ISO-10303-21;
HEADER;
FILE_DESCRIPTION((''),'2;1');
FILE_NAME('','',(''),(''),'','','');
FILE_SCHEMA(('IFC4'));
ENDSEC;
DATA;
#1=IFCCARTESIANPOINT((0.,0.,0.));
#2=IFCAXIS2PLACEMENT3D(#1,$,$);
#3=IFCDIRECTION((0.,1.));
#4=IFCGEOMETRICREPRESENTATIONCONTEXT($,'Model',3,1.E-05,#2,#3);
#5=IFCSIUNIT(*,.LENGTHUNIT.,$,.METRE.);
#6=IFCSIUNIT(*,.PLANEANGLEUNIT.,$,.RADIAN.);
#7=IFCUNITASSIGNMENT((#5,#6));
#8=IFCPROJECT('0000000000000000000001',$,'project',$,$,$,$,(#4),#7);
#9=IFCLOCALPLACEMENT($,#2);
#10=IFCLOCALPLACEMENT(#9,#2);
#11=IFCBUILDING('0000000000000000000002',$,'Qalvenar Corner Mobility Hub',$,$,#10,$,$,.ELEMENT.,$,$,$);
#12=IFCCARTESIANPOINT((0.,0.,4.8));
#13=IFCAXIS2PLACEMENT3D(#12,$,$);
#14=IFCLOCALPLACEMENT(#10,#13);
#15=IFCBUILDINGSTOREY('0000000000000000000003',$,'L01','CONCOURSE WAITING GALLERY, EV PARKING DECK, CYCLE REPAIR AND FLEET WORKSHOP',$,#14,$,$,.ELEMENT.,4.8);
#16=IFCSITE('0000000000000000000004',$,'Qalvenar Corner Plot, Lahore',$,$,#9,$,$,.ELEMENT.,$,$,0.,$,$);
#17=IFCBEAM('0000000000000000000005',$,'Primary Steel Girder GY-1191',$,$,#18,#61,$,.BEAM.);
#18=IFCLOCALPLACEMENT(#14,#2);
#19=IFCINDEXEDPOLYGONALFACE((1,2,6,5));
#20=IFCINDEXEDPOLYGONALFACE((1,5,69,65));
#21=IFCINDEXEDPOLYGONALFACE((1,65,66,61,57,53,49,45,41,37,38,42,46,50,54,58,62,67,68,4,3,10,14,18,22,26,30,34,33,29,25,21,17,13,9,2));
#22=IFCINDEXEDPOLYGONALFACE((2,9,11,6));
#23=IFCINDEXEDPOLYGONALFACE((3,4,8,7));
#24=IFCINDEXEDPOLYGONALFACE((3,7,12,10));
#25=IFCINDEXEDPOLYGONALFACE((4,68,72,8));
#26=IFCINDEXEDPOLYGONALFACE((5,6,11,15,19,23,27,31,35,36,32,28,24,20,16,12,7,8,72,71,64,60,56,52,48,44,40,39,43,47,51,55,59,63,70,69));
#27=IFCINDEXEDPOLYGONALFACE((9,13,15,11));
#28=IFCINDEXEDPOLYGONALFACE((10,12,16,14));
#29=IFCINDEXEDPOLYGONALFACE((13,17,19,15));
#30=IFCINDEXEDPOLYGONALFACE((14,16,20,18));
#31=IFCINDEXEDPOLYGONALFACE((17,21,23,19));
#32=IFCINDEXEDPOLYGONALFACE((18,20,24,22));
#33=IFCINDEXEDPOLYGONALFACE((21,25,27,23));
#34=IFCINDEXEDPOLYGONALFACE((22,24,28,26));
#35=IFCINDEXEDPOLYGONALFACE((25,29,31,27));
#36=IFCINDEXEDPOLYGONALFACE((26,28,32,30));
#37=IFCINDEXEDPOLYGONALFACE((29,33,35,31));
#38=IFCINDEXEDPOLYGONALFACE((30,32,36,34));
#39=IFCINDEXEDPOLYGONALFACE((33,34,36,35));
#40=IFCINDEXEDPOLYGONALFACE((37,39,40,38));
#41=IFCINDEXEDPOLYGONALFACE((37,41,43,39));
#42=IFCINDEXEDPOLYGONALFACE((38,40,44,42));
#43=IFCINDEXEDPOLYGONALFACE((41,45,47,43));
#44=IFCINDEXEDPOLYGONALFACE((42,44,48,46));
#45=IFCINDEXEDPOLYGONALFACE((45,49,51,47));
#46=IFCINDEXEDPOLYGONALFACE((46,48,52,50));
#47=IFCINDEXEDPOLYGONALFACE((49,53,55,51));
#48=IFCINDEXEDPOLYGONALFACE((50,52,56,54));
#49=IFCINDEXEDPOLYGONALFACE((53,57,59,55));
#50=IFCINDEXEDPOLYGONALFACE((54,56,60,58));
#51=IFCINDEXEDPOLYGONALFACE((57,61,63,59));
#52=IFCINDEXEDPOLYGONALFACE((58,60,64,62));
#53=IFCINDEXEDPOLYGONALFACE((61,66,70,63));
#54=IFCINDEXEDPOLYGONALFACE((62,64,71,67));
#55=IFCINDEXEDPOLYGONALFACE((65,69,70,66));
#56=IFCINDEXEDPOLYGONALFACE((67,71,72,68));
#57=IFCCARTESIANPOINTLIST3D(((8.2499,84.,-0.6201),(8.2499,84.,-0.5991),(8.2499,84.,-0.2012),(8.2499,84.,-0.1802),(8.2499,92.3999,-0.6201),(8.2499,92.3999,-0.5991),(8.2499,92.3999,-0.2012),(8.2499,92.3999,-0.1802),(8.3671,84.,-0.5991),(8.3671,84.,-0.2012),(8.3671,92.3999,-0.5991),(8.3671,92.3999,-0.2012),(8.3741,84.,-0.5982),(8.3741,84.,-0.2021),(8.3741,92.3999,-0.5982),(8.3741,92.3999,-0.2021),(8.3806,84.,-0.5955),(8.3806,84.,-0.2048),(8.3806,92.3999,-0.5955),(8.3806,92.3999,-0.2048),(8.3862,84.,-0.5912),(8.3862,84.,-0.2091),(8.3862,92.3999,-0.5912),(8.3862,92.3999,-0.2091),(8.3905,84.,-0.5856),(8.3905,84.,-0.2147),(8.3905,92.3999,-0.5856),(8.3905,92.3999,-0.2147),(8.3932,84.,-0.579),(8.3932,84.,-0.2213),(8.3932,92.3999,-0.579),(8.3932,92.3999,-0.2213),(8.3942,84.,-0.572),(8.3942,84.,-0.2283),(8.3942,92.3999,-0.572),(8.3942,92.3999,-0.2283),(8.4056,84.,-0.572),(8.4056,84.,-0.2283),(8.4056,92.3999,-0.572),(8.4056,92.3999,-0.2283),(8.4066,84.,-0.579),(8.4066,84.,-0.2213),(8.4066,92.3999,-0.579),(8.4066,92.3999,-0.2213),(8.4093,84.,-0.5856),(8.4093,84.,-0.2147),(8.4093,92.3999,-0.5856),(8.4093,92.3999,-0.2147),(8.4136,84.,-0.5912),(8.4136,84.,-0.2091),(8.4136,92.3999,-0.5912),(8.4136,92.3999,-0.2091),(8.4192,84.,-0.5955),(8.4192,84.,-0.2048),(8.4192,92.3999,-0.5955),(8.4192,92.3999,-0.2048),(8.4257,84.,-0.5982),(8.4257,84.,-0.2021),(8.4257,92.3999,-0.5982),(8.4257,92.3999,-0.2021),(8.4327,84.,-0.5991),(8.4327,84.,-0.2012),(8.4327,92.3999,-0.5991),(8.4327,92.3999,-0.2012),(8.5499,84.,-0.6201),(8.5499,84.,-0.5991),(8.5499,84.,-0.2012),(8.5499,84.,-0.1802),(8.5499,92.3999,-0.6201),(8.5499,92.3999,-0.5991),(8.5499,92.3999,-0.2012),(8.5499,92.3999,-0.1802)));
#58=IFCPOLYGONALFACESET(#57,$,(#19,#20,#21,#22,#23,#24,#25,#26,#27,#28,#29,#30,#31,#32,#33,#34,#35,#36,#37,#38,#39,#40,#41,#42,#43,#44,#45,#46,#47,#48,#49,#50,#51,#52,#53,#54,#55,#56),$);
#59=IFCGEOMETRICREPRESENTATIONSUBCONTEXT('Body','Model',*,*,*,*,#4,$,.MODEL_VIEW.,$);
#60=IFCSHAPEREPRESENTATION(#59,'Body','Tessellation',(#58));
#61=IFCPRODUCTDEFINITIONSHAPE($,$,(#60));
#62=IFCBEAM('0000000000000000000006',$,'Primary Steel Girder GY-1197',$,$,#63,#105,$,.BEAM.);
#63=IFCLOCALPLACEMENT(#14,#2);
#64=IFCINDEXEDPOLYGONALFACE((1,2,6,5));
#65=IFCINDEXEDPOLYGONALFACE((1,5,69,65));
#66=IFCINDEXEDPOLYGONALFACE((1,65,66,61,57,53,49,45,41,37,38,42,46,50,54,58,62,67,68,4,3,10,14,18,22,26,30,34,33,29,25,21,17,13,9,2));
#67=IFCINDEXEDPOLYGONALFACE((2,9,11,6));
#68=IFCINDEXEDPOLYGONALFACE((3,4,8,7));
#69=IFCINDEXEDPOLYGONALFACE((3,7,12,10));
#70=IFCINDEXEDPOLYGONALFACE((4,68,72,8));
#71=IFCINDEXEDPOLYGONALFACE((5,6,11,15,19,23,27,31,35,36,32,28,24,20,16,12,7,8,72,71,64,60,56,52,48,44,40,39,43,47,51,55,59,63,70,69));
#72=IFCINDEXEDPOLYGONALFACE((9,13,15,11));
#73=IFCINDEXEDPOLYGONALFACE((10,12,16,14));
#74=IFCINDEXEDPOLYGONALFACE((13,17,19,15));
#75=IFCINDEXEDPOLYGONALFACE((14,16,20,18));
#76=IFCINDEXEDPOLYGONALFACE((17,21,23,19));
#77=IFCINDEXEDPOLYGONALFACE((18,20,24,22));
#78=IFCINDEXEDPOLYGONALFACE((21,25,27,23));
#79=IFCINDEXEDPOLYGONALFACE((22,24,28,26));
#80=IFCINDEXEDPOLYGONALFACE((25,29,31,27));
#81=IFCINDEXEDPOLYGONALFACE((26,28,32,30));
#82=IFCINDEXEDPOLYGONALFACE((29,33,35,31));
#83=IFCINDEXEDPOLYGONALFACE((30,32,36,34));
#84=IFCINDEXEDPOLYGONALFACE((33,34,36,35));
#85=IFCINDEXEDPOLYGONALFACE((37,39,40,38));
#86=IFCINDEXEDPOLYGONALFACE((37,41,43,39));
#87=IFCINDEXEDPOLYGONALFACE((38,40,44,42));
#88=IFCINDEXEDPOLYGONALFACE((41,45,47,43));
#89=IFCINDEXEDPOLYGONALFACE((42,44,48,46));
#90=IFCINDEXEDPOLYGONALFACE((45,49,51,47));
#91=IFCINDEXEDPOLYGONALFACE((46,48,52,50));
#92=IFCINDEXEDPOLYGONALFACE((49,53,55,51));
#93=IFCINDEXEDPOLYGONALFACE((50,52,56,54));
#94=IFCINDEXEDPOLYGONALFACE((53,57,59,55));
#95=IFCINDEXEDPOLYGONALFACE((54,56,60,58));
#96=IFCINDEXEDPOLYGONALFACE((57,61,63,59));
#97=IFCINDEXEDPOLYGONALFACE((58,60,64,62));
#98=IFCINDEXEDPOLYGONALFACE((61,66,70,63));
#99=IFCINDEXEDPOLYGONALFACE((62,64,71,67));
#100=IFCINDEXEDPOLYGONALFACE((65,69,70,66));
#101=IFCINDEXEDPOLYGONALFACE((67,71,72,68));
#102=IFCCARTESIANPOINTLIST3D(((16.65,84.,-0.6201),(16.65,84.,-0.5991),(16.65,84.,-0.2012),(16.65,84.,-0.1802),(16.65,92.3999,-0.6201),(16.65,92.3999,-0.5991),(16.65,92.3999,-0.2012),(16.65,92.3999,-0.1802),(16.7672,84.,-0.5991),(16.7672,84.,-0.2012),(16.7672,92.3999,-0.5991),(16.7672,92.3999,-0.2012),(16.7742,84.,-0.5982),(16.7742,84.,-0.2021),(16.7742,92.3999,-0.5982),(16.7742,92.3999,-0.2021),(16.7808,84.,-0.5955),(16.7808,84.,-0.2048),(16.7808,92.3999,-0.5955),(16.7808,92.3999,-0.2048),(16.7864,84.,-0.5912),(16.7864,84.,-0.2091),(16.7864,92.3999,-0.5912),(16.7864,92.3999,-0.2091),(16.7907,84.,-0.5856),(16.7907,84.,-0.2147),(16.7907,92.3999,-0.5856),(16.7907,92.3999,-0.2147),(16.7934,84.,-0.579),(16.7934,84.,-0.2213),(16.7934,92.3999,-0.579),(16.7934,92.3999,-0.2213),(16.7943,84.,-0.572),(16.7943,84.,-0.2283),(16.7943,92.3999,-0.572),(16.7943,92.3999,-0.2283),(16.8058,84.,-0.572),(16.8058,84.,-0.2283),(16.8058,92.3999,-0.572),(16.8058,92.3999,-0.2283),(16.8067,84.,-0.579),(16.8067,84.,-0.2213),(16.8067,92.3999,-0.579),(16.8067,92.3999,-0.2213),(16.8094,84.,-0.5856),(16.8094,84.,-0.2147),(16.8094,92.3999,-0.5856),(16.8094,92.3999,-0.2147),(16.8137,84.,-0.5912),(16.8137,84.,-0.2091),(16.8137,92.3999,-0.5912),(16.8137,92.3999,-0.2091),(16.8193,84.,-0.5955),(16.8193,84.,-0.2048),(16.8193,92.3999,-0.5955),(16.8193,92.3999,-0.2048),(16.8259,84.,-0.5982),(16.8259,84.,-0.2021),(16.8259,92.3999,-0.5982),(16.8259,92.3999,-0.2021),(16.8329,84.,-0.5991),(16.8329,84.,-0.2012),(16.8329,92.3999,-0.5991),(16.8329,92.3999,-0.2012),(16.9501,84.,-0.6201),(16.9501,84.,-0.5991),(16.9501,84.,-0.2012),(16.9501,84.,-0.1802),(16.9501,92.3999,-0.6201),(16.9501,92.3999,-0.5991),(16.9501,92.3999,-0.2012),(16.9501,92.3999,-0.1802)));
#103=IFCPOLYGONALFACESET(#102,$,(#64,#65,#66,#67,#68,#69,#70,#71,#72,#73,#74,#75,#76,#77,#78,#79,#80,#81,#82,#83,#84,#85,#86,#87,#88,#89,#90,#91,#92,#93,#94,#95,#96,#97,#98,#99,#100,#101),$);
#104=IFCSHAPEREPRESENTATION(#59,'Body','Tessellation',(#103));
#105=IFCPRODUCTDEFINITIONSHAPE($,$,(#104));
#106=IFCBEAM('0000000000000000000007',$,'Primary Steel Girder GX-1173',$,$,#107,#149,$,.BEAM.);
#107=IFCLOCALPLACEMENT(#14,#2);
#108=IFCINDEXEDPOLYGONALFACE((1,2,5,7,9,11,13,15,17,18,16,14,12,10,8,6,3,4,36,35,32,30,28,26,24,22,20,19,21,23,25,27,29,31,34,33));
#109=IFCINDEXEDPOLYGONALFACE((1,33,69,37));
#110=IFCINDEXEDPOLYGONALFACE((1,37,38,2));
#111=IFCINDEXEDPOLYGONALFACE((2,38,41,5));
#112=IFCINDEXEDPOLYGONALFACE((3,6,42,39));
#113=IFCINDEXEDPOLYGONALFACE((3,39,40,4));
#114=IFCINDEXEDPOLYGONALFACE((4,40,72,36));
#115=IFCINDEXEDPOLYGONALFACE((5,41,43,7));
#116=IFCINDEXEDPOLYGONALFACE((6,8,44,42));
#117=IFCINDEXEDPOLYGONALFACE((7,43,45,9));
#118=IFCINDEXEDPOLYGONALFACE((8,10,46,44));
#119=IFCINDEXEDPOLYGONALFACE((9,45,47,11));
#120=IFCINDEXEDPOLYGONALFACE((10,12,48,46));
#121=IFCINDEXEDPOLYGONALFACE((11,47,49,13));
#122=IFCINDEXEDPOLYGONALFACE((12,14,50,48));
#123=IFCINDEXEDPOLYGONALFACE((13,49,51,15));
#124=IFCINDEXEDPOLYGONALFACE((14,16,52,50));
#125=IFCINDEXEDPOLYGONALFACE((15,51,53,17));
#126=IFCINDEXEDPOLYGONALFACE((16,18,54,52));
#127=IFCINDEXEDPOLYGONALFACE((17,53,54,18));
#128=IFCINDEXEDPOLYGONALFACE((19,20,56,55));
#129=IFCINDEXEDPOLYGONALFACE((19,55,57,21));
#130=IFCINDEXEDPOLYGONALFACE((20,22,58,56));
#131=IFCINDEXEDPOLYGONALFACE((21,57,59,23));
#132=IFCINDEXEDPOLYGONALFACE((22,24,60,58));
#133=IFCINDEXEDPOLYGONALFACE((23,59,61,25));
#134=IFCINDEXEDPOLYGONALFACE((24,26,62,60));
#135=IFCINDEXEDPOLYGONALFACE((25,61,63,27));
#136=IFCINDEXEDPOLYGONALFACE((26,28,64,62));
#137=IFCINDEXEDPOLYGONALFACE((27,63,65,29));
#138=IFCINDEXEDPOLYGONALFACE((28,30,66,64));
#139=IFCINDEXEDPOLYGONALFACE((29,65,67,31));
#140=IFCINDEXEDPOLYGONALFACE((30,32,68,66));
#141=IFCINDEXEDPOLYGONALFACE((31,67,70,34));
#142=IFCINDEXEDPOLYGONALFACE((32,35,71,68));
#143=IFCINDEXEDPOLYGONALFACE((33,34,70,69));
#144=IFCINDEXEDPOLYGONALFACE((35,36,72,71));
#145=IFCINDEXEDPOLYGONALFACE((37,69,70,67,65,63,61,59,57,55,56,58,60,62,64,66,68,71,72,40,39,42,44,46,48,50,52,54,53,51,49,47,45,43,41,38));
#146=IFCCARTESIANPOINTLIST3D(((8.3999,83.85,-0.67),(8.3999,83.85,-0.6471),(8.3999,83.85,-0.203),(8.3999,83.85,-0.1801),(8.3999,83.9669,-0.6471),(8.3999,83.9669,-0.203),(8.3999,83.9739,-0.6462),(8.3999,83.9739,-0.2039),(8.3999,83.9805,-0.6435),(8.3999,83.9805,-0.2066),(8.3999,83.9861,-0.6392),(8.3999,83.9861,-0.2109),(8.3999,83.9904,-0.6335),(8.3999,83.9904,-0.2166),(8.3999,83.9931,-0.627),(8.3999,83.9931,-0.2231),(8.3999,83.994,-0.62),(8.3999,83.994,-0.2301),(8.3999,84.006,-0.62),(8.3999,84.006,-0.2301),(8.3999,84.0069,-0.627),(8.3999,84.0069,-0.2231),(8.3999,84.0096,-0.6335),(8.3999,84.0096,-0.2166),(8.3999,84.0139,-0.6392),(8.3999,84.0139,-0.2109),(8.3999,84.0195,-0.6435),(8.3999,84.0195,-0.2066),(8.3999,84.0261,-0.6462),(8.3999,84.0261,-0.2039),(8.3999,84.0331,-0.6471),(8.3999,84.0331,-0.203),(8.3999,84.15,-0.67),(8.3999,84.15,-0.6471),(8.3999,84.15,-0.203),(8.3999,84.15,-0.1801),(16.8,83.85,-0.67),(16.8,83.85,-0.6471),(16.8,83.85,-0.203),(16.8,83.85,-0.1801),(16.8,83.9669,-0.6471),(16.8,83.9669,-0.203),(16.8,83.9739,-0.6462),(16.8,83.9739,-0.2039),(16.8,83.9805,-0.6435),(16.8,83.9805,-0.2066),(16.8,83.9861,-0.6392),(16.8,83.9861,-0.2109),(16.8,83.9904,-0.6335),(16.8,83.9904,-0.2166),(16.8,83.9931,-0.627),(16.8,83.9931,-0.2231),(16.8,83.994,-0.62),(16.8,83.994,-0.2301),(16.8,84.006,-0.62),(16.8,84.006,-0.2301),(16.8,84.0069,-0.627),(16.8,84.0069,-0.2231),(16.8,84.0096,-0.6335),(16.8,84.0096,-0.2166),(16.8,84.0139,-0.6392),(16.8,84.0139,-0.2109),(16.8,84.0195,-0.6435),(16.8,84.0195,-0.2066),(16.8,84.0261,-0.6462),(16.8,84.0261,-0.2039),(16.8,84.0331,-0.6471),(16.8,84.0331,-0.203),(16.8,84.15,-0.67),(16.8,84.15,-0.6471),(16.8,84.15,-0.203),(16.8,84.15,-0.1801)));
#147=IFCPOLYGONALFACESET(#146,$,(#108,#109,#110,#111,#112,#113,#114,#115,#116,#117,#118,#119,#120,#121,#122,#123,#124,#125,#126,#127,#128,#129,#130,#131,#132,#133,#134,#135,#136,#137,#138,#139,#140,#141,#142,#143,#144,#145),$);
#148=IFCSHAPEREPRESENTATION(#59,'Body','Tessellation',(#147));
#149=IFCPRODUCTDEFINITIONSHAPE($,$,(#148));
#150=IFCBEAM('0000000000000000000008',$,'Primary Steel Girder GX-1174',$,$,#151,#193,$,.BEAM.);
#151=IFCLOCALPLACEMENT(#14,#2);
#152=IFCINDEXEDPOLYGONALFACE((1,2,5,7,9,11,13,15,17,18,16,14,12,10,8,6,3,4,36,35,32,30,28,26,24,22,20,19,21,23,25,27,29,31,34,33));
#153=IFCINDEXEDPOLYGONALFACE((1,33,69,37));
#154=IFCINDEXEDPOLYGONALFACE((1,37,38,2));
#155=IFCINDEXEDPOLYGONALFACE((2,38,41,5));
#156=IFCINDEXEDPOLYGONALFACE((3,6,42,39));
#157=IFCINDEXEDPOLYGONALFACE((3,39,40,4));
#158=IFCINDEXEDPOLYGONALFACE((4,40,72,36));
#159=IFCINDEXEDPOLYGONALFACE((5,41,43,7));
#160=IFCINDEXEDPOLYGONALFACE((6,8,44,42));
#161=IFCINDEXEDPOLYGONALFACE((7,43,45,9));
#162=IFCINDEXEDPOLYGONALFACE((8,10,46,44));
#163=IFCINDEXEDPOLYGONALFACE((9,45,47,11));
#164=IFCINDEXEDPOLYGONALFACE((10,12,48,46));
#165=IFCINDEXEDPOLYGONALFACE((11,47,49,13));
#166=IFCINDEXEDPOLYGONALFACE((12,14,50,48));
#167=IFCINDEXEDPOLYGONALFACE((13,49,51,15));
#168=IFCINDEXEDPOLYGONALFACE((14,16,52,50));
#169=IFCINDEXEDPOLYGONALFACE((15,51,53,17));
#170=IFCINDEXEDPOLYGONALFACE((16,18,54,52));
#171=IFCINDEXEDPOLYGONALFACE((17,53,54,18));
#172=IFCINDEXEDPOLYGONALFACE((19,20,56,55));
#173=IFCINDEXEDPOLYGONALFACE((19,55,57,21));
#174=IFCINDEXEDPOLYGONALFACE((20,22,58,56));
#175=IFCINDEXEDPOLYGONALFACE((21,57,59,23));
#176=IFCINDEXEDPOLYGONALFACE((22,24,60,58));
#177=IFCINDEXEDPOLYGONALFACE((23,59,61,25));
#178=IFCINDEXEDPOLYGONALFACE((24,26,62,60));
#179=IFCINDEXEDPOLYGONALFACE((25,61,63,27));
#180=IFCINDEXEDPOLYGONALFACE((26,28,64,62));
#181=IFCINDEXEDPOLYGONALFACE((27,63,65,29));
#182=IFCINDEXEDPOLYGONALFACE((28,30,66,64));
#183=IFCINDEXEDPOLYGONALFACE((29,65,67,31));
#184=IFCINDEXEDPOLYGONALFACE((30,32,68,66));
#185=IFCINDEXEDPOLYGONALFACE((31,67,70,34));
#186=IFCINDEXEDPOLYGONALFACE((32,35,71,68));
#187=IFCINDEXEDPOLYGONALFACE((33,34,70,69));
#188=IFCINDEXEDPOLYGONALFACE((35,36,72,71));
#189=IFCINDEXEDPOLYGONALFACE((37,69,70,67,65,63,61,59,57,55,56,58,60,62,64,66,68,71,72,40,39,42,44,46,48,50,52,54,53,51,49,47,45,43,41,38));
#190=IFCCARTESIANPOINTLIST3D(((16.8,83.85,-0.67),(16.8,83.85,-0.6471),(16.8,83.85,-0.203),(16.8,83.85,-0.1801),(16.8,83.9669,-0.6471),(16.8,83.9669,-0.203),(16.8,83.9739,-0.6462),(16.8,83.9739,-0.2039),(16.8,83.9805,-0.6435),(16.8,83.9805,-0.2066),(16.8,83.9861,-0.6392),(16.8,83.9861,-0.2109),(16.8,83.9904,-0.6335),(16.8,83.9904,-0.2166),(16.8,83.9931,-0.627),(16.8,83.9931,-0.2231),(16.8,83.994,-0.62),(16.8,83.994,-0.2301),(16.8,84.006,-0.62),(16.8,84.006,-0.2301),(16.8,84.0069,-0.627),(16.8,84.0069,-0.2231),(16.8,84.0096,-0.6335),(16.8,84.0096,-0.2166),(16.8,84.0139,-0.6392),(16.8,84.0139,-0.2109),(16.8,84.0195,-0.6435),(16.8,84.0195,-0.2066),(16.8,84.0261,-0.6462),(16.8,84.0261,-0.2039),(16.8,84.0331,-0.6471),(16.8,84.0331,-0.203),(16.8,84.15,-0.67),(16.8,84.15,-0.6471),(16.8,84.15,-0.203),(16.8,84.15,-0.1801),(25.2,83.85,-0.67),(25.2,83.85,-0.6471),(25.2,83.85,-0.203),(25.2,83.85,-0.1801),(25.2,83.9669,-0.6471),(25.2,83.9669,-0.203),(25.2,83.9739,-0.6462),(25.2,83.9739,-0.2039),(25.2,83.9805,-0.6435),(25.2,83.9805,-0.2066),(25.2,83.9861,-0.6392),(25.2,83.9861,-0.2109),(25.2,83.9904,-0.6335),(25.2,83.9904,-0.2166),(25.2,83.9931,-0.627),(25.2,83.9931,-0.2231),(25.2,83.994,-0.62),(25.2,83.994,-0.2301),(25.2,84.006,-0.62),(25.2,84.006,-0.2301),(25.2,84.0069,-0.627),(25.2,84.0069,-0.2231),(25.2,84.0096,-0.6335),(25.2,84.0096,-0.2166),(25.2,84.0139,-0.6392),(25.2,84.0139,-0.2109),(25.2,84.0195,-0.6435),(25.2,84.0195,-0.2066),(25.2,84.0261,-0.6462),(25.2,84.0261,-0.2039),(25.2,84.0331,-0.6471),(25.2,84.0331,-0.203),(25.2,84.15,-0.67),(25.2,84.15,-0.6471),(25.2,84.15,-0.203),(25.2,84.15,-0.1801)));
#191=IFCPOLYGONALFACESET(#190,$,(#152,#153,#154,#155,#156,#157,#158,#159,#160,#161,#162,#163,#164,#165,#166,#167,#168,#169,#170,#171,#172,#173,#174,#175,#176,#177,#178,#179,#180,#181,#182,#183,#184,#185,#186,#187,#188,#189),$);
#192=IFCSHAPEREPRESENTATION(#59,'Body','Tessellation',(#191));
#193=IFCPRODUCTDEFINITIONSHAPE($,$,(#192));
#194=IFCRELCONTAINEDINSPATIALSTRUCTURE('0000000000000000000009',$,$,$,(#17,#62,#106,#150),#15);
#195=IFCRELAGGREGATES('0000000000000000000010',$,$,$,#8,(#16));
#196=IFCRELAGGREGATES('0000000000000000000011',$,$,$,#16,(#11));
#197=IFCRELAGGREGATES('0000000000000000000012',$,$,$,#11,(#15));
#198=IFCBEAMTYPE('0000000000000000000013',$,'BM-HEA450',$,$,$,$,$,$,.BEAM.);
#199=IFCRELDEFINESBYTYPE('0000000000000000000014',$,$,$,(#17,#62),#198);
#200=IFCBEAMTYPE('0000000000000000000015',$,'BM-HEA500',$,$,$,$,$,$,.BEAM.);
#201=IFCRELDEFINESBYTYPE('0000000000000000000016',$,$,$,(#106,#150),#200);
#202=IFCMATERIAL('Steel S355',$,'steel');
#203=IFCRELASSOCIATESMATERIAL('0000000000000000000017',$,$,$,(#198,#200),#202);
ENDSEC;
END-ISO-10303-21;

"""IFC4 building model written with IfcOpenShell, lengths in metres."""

from ifc_helpers import new_model, si_unit, direction, frame, origin, origin_2d, place, context, subcontext, project, spatial, i_section, extrude, material, material_profile, profile_set, type_object, element, save


model = new_model("IFC4")

# Units and contexts
model_context = context("Model", 3, precision=1e-05, world=origin(), true_north=direction((0.0, 1.0)))
body_context = subcontext(model_context, "Body", "Model", "MODEL_VIEW")
ifc_project = project(units=[si_unit("LENGTHUNIT", "METRE"), si_unit("PLANEANGLEUNIT", "RADIAN")], contexts=[model_context])

# Site, building, storey
site_placement = place(None, origin())
site = spatial("IfcSite", under=ifc_project, at=site_placement, Name="Qalvenar Corner Plot, Lahore", CompositionType="ELEMENT", RefElevation=0.0)
building_placement = place(site_placement, origin())
building = spatial("IfcBuilding", under=site, at=building_placement, Name="Qalvenar Corner Mobility Hub", CompositionType="ELEMENT")
storey_placement = place(building_placement, frame((0.0, 0.0, 4.8)))
storey = spatial("IfcBuildingStorey", under=building, at=storey_placement, Name="L01", Description="CONCOURSE WAITING GALLERY, EV PARKING DECK, CYCLE REPAIR AND FLEET WORKSHOP", CompositionType="ELEMENT", Elevation=4.8)

# Shared definitions
ifc_material_1 = material(Name="Steel S355", Category="steel")

# Beams
ifc_material_profile_1 = material_profile(ifc_material_1, i_section(OverallWidth=0.3, OverallDepth=0.4399, WebThickness=0.0115, FlangeThickness=0.021, FilletRadius=0.0271, at=origin_2d()), Name="HEA450")
ifc_profile_set_1 = profile_set([ifc_material_profile_1], Name="Steel S355")
beam_type_1 = type_object("IfcBeamType", Name="BM-HEA450", PredefinedType="BEAM", material=ifc_profile_set_1)
for number, where, z_axis, x_axis, name in (
    (1, (8.3999, 84.0, -0.4001), (0.0, 1.0, 0.0), (-1.0, 0.0, 0.0), "Primary Steel Girder GY-1191"),
    (2, (16.8, 84.0, -0.4001), (0.0, 1.0, 0.0), (-1.0, 0.0, 0.0), "Primary Steel Girder GY-1197"),
):
    element("IfcBeam", number, at=place(storey_placement, frame(where, z_axis=z_axis, x_axis=x_axis)), inside=storey, type_object=beam_type_1, Name=name, PredefinedType="BEAM", context=body_context, shape_type="SweptSolid", body=[
        extrude(i_section(OverallWidth=0.3, OverallDepth=0.4399, WebThickness=0.0115, FlangeThickness=0.021, FilletRadius=0.0271, at=origin_2d()), origin(), (0.0, 0.0, 1.0), 8.3999),
    ])
ifc_material_profile_2 = material_profile(ifc_material_1, i_section(OverallWidth=0.3, OverallDepth=0.49, WebThickness=0.012, FlangeThickness=0.0229, FilletRadius=0.0271, at=origin_2d()), Name="HEA500")
ifc_profile_set_2 = profile_set([ifc_material_profile_2], Name="Steel S355")
beam_type_2 = type_object("IfcBeamType", Name="BM-HEA500", PredefinedType="BEAM", material=ifc_profile_set_2)
beam_1_placement = place(storey_placement, frame((8.3999, 84.0, -0.425), z_axis=(1.0, 0.0, 0.0), x_axis=(0.0, 1.0, 0.0)))
element("IfcBeam", 3, at=beam_1_placement, inside=storey, type_object=beam_type_2, Name="Primary Steel Girder GX-1173", PredefinedType="BEAM", context=body_context, shape_type="SweptSolid", body=[
    extrude(i_section(OverallWidth=0.3, OverallDepth=0.49, WebThickness=0.012, FlangeThickness=0.0229, FilletRadius=0.0271, at=origin_2d()), origin(), (0.0, 0.0, 1.0), 8.4001),
])
beam_2_placement = place(storey_placement, frame((16.8, 84.0, -0.425), z_axis=(1.0, 0.0, 0.0), x_axis=(0.0, 1.0, 0.0)))
element("IfcBeam", 4, at=beam_2_placement, inside=storey, type_object=beam_type_2, Name="Primary Steel Girder GX-1174", PredefinedType="BEAM", context=body_context, shape_type="SweptSolid", body=[
    extrude(i_section(OverallWidth=0.3, OverallDepth=0.49, WebThickness=0.012, FlangeThickness=0.0229, FilletRadius=0.0271, at=origin_2d()), origin(), (0.0, 0.0, 1.0), 8.3999),
])

save(model, "model.ifc")
